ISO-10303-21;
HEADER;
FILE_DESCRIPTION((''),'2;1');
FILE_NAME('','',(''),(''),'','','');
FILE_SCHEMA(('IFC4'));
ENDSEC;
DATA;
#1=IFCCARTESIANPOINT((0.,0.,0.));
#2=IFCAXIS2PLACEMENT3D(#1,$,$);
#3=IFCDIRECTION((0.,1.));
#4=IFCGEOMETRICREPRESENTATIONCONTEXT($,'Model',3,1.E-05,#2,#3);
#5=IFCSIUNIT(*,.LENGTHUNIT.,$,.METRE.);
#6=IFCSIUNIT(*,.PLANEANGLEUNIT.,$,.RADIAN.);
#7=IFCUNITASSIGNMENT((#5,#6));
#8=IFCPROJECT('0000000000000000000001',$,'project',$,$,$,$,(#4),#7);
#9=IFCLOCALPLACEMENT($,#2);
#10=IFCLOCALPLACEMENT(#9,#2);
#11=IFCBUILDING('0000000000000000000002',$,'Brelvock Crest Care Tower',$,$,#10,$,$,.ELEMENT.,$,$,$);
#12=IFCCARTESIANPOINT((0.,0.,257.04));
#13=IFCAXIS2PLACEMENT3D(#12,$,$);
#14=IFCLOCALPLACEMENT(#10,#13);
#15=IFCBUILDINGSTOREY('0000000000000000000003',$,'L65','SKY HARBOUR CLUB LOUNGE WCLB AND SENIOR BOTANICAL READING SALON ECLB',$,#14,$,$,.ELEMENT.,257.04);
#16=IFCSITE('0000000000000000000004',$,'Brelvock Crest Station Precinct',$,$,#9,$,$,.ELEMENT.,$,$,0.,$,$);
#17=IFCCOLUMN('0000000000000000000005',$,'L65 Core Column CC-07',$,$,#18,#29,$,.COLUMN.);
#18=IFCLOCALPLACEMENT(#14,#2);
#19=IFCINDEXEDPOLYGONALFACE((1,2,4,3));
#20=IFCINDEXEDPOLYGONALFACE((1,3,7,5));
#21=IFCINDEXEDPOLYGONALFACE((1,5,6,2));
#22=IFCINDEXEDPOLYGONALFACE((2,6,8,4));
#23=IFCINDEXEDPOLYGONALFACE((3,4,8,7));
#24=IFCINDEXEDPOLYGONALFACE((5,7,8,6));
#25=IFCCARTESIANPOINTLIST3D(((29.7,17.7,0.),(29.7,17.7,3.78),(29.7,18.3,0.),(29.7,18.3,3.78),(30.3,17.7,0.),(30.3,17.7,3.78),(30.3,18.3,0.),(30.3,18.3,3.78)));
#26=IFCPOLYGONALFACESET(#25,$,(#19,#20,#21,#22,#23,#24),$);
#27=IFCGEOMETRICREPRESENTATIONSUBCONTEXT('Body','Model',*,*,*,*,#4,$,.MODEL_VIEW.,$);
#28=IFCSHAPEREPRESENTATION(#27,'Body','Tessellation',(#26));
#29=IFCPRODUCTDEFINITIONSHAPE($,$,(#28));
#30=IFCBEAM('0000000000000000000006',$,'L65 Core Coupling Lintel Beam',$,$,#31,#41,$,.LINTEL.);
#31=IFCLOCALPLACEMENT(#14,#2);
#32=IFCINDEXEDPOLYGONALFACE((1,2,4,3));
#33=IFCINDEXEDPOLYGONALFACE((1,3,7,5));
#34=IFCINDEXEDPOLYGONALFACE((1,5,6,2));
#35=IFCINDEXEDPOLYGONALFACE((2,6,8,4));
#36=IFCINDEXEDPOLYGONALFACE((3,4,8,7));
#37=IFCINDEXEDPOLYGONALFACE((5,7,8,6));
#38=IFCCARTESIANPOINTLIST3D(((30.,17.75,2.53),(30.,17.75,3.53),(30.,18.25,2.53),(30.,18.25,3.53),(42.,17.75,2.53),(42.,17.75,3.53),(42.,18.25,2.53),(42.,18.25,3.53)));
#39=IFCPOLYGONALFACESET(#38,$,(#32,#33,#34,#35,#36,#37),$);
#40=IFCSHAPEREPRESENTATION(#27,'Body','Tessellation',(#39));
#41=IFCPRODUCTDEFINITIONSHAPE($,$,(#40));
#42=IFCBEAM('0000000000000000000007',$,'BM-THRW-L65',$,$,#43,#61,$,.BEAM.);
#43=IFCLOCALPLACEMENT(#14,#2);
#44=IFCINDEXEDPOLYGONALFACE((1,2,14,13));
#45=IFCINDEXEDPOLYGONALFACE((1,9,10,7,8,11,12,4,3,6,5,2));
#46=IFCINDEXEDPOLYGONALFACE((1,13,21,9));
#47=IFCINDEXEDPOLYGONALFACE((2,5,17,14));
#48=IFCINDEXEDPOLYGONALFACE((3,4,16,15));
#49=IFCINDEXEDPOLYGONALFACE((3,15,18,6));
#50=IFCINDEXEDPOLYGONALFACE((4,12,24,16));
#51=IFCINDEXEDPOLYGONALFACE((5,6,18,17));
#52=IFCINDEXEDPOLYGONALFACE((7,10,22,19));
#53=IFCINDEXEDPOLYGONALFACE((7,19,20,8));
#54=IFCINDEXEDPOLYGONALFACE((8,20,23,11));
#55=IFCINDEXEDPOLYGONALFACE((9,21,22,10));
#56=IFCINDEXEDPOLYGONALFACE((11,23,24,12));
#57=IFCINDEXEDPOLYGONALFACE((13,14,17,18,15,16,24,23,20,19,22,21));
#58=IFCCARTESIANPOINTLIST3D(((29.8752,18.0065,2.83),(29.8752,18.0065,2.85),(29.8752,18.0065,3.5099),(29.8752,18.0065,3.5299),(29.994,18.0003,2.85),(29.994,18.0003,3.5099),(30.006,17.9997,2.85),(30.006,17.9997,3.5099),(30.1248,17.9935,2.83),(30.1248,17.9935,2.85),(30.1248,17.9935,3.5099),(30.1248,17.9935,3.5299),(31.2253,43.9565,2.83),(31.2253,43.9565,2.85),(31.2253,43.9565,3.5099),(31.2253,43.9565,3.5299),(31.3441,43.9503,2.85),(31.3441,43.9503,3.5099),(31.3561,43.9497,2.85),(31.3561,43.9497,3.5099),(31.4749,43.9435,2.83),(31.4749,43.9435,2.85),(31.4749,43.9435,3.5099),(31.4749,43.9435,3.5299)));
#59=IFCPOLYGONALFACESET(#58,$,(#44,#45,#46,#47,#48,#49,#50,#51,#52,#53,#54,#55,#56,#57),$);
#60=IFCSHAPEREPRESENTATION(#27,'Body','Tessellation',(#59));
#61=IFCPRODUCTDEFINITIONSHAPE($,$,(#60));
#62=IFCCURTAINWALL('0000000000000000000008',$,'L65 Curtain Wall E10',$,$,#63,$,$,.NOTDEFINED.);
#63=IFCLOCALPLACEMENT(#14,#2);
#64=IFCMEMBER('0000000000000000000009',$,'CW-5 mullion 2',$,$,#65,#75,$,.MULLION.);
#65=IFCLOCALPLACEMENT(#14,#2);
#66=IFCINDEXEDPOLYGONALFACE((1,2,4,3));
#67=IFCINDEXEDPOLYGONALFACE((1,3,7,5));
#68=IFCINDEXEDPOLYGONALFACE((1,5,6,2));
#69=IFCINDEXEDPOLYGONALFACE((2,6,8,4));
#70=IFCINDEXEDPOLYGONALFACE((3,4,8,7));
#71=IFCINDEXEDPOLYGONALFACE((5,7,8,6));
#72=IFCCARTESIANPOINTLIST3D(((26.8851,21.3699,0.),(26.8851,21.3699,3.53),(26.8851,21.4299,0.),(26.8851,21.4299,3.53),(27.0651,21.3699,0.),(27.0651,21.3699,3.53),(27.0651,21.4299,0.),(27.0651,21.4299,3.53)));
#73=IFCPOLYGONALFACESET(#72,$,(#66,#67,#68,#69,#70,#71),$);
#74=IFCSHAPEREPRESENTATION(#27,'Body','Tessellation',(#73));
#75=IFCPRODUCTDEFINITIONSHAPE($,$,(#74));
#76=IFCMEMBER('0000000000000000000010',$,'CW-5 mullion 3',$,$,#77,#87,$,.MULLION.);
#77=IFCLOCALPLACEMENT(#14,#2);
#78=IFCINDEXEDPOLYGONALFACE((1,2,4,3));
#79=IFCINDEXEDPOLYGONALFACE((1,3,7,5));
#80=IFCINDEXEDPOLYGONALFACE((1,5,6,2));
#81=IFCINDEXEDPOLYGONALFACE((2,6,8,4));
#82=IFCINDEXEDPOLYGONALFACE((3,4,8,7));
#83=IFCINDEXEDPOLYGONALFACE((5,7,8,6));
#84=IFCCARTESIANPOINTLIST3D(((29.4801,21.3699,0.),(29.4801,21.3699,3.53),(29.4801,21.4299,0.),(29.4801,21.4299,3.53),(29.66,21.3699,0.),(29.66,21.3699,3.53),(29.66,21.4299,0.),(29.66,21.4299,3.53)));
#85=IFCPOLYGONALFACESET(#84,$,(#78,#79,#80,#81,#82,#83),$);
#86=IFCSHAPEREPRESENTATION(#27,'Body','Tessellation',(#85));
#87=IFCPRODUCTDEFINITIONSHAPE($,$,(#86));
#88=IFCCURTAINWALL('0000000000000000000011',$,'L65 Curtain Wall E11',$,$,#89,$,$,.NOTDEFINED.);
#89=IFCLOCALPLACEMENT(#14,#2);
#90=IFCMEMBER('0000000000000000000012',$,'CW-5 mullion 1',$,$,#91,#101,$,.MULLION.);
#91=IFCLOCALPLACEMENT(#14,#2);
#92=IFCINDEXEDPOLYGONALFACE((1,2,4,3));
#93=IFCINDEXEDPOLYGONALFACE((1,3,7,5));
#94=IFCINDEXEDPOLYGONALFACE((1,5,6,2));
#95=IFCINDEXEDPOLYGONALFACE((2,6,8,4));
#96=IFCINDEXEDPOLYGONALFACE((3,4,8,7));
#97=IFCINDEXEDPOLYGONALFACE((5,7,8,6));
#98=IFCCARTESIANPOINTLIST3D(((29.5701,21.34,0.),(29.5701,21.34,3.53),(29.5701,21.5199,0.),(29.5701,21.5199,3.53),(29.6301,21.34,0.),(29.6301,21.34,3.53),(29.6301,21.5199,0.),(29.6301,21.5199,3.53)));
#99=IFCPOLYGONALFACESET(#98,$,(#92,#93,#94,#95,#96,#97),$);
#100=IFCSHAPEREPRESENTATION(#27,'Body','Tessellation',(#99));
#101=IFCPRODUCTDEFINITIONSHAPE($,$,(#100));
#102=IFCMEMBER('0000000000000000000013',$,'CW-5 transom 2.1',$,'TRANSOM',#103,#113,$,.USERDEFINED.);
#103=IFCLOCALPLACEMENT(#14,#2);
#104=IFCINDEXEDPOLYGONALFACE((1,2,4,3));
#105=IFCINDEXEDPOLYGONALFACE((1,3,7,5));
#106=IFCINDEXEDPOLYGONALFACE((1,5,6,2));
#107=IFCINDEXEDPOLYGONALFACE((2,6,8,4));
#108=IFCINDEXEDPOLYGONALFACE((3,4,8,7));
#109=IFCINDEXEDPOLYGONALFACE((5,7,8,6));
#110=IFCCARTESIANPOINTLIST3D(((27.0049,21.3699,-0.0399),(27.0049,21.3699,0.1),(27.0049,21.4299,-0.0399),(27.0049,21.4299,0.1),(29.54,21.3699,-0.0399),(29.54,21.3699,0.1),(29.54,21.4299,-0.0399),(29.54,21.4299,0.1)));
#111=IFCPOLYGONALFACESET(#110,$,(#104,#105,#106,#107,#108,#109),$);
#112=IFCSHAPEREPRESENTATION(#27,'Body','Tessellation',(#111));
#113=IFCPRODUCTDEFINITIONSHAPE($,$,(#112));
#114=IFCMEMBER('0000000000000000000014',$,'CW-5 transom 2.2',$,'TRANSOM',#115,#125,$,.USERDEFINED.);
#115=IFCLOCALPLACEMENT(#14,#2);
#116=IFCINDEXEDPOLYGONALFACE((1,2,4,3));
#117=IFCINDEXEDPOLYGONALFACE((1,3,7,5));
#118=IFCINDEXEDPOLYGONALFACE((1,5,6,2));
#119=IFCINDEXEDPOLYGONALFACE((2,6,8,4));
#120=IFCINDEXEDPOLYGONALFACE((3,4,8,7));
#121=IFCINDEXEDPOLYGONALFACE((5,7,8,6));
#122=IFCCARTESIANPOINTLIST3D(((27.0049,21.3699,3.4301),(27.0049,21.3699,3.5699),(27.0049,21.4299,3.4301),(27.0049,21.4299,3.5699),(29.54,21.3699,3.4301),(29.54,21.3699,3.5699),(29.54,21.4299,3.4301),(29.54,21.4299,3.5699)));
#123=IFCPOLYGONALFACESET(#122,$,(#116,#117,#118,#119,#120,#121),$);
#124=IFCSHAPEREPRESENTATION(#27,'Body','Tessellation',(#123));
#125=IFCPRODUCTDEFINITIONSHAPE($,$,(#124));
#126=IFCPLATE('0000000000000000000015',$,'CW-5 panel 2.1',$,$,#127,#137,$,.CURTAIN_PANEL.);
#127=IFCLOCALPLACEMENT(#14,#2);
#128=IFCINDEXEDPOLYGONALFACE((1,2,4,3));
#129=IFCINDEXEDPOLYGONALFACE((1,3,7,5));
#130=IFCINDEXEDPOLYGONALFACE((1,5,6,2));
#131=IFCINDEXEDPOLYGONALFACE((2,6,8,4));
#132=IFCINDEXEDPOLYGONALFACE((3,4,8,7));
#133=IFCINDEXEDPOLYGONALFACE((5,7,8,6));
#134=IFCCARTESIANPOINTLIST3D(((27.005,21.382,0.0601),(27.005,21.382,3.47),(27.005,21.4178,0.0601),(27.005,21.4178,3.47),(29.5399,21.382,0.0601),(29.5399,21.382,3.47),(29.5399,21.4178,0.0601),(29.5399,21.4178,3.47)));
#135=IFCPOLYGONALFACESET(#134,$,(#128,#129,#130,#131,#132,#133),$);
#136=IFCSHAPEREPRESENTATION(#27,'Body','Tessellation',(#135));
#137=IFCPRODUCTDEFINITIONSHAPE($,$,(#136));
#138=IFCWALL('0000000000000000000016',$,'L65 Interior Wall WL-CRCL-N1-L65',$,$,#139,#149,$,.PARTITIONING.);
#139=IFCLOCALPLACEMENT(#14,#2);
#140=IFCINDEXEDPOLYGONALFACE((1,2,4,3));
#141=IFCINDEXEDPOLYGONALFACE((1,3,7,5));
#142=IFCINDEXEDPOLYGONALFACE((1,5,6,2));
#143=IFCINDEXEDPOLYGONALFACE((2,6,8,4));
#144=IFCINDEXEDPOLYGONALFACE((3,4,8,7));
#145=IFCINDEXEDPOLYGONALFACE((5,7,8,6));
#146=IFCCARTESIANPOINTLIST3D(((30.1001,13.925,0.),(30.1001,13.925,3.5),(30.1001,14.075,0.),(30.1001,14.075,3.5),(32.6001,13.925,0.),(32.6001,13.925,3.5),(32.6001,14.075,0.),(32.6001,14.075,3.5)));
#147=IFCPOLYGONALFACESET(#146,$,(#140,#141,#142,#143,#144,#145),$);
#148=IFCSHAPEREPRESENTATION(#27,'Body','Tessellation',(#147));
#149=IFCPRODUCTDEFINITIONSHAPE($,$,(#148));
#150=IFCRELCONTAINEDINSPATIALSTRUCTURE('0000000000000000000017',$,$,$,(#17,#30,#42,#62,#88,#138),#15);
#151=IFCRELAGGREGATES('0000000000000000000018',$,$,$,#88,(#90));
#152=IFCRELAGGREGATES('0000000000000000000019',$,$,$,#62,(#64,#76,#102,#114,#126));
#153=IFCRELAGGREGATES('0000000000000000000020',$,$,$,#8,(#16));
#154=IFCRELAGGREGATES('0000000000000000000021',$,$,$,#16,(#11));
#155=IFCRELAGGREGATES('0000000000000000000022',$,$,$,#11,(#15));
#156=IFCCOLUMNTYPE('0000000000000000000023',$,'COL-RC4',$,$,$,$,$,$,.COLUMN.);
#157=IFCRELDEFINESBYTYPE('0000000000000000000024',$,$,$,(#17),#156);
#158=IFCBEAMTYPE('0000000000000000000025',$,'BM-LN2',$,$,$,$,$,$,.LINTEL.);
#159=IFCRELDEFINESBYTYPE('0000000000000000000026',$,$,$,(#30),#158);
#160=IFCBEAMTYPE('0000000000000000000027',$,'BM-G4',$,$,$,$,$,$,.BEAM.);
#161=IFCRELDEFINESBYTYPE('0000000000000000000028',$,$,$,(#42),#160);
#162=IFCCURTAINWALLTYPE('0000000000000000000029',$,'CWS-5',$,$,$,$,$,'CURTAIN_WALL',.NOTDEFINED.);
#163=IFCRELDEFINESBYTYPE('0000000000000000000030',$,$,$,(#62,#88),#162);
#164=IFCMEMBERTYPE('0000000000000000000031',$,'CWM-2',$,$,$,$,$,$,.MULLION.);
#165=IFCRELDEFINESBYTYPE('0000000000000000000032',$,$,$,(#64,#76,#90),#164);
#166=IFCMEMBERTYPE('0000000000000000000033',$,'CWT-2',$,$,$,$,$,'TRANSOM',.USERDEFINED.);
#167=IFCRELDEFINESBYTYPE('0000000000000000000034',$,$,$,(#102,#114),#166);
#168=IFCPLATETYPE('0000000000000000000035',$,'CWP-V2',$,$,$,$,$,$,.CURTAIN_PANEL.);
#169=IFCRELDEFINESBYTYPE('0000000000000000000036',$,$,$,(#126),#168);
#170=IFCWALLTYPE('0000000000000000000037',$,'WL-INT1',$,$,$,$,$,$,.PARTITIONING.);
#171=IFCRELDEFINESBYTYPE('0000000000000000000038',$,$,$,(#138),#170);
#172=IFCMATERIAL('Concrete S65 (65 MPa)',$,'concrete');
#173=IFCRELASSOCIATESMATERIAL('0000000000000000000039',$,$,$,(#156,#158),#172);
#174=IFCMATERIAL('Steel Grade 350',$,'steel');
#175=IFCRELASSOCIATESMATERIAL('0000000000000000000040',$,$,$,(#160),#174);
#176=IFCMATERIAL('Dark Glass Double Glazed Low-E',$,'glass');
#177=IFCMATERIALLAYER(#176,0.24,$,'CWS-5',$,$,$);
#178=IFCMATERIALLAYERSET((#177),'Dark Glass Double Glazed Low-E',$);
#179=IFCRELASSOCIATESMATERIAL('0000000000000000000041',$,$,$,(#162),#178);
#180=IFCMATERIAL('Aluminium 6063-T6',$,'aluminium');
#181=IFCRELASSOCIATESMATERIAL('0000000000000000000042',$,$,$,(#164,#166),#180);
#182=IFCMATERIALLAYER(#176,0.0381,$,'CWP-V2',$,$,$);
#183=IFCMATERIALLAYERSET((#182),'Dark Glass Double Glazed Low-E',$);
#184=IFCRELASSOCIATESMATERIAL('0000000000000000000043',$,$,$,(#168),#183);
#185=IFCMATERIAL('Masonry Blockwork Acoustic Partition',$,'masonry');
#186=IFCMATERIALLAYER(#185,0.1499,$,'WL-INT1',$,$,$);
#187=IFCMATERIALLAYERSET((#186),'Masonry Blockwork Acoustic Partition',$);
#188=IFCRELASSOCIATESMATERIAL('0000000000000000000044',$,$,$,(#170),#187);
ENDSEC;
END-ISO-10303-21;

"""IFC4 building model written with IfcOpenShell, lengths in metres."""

from ifc_helpers import new_model, si_unit, direction, frame, frame_2d, origin, origin_2d, place, context, subcontext, project, spatial, rectangle, i_section, extrude, source, transform, mapped, material, layer, layer_set, material_profile, profile_set, type_object, element, aggregate, save


model = new_model("IFC4")

# Units and contexts
model_context = context("Model", 3, precision=1e-05, world=origin(), true_north=direction((0.0, 1.0)))
body_context = subcontext(model_context, "Body", "Model", "MODEL_VIEW")
ifc_project = project(units=[si_unit("LENGTHUNIT", "METRE"), si_unit("PLANEANGLEUNIT", "RADIAN")], contexts=[model_context])

# Site, building, storey
site_placement = place(None, origin())
site = spatial("IfcSite", under=ifc_project, at=site_placement, Name="Brelvock Crest Station Precinct", CompositionType="ELEMENT", RefElevation=0.0)
building_placement = place(site_placement, origin())
building = spatial("IfcBuilding", under=site, at=building_placement, Name="Brelvock Crest Care Tower", CompositionType="ELEMENT")
storey_placement = place(building_placement, frame((0.0, 0.0, 257.04)))
storey = spatial("IfcBuildingStorey", under=building, at=storey_placement, Name="L65", Description="SKY HARBOUR CLUB LOUNGE WCLB AND SENIOR BOTANICAL READING SALON ECLB", CompositionType="ELEMENT", Elevation=257.04)

# Column
ifc_material_1 = material(Name="Concrete S65 (65 MPa)", Category="concrete")
ifc_material_profile_1 = material_profile(ifc_material_1, rectangle(XDim=0.6001, YDim=0.6001, at=origin_2d()), Name="RC600x600")
ifc_profile_set_1 = profile_set([ifc_material_profile_1], Name="Concrete S65 (65 MPa)")
column_type = type_object("IfcColumnType", Name="COL-RC4", PredefinedType="COLUMN", material=ifc_profile_set_1)
shared_shape_1 = source(origin(), body_context, "Body", "SweptSolid", [
    extrude(rectangle(XDim=0.6001, YDim=0.6001, at=origin_2d()), origin(), (0.0, 0.0, 1.0), 3.78),
])
column_placement = place(storey_placement, frame((30.0, 18.0, 0.0), z_axis=(0.0, 0.0, 1.0), x_axis=(1.0, 0.0, 0.0)))
element("IfcColumn", 1, at=column_placement, inside=storey, type_object=column_type, Name="L65 Core Column CC-07", PredefinedType="COLUMN", context=body_context, shape_type="MappedRepresentation", body=[
    mapped(shared_shape_1, transform((0.0, 0.0, 0.0), x_axis=(1.0, 0.0, 0.0), y_axis=(0.0, 1.0, 0.0), z_axis=(0.0, 0.0, 1.0), scale=1.0)),
])

# Beams
ifc_material_profile_2 = material_profile(ifc_material_1, rectangle(XDim=0.5, YDim=1.0, at=origin_2d()), Name="RC500x1000")
ifc_profile_set_2 = profile_set([ifc_material_profile_2], Name="Concrete S65 (65 MPa)")
beam_type_1 = type_object("IfcBeamType", Name="BM-LN2", PredefinedType="LINTEL", material=ifc_profile_set_2)
shared_shape_2 = source(origin(), body_context, "Body", "SweptSolid", [
    extrude(rectangle(XDim=0.5, YDim=1.0, at=origin_2d()), origin(), (0.0, 0.0, 1.0), 12.0),
])
beam_1_placement = place(storey_placement, frame((30.0, 18.0, 3.03), z_axis=(1.0, 0.0, 0.0), x_axis=(0.0, 1.0, 0.0)))
element("IfcBeam", 2, at=beam_1_placement, inside=storey, type_object=beam_type_1, Name="L65 Core Coupling Lintel Beam", PredefinedType="LINTEL", context=body_context, shape_type="MappedRepresentation", body=[
    mapped(shared_shape_2, transform((0.0, 0.0, 0.0), x_axis=(1.0, 0.0, 0.0), y_axis=(0.0, 1.0, 0.0), z_axis=(0.0, 0.0, 1.0), scale=1.0)),
])
ifc_material_2 = material(Name="Steel Grade 350", Category="steel")
ifc_material_profile_3 = material_profile(ifc_material_2, i_section(OverallWidth=0.25, OverallDepth=0.7, WebThickness=0.012, FlangeThickness=0.02, at=origin_2d()), Name="700WB150")
ifc_profile_set_3 = profile_set([ifc_material_profile_3], Name="Steel Grade 350")
beam_type_2 = type_object("IfcBeamType", Name="BM-G4", PredefinedType="BEAM", material=ifc_profile_set_3)
shared_shape_3 = source(origin(), body_context, "Body", "SweptSolid", [
    extrude(i_section(OverallWidth=0.25, OverallDepth=0.7, WebThickness=0.012, FlangeThickness=0.02, at=origin_2d()), origin(), (0.0, 0.0, 1.0), 25.9851),
])
beam_2_placement = place(storey_placement, frame((30.0, 18.0, 3.1799), z_axis=(0.051957, 0.998649, 0.0), x_axis=(-0.998649, 0.051957, 0.0)))
element("IfcBeam", 3, at=beam_2_placement, inside=storey, type_object=beam_type_2, Name="BM-THRW-L65", PredefinedType="BEAM", context=body_context, shape_type="MappedRepresentation", body=[
    mapped(shared_shape_3, transform((0.0, 0.0, 0.0), x_axis=(1.0, 0.0, 0.0), y_axis=(0.0, 1.0, 0.0), z_axis=(0.0, 0.0, 1.0), scale=1.0)),
])

# Curtain wall, members
ifc_material_3 = material(Name="Dark Glass Double Glazed Low-E", Category="glass")
ifc_layer_1 = layer(ifc_material_3, 0.24, Name="CWS-5")
ifc_layer_set_1 = layer_set([ifc_layer_1], Name="Dark Glass Double Glazed Low-E")
curtain_wall_type = type_object("IfcCurtainWallType", Name="CWS-5", ElementType="CURTAIN_WALL", PredefinedType="NOTDEFINED", material=ifc_layer_set_1)
curtain_wall_1_placement = place(storey_placement, origin())
curtain_wall_1 = element("IfcCurtainWall", 4, at=curtain_wall_1_placement, inside=storey, type_object=curtain_wall_type, Name="L65 Curtain Wall E10", PredefinedType="NOTDEFINED")
ifc_material_4 = material(Name="Aluminium 6063-T6", Category="aluminium")
ifc_material_profile_4 = material_profile(ifc_material_4, rectangle(XDim=0.0601, YDim=0.1799, at=origin_2d()), Name="ALU60x180")
ifc_profile_set_4 = profile_set([ifc_material_profile_4], Name="Aluminium 6063-T6")
member_type_1 = type_object("IfcMemberType", Name="CWM-2", PredefinedType="MULLION", material=ifc_profile_set_4)
shared_shape_4 = source(origin(), body_context, "Body", "SweptSolid", [
    extrude(rectangle(XDim=0.0601, YDim=0.1799, at=origin_2d()), origin(), (0.0, 0.0, 1.0), 3.53),
])
member_1_placement = place(storey_placement, frame((26.9751, 21.3999, 0.0), z_axis=(0.0, 0.0, 1.0), x_axis=(0.0, 1.0, 0.0)))
member_1 = element("IfcMember", 5, at=member_1_placement, type_object=member_type_1, Name="CW-5 mullion 2", PredefinedType="MULLION", context=body_context, shape_type="MappedRepresentation", body=[
    mapped(shared_shape_4, transform((0.0, 0.0, 0.0), x_axis=(1.0, 0.0, 0.0), y_axis=(0.0, 1.0, 0.0), z_axis=(0.0, 0.0, 1.0), scale=1.0)),
])
member_2_placement = place(storey_placement, frame((29.5701, 21.3999, 0.0), z_axis=(0.0, 0.0, 1.0), x_axis=(0.0, 1.0, 0.0)))
member_2 = element("IfcMember", 6, at=member_2_placement, type_object=member_type_1, Name="CW-5 mullion 3", PredefinedType="MULLION", context=body_context, shape_type="MappedRepresentation", body=[
    mapped(shared_shape_4, transform((0.0, 0.0, 0.0), x_axis=(1.0, 0.0, 0.0), y_axis=(0.0, 1.0, 0.0), z_axis=(0.0, 0.0, 1.0), scale=1.0)),
])

# Curtain wall, member
curtain_wall_2_placement = place(storey_placement, origin())
curtain_wall_2 = element("IfcCurtainWall", 7, at=curtain_wall_2_placement, inside=storey, type_object=curtain_wall_type, Name="L65 Curtain Wall E11", PredefinedType="NOTDEFINED")
member_3_placement = place(storey_placement, frame((29.6001, 21.4299, 0.0), z_axis=(0.0, 0.0, 1.0), x_axis=(-1.0, 0.0, 0.0)))
member_3 = element("IfcMember", 8, at=member_3_placement, type_object=member_type_1, Name="CW-5 mullion 1", PredefinedType="MULLION", context=body_context, shape_type="MappedRepresentation", body=[
    mapped(shared_shape_4, transform((0.0, 0.0, 0.0), x_axis=(1.0, 0.0, 0.0), y_axis=(0.0, 1.0, 0.0), z_axis=(0.0, 0.0, 1.0), scale=1.0)),
])
aggregate(curtain_wall_2, [member_3])

# Members
ifc_material_profile_5 = material_profile(ifc_material_4, rectangle(XDim=0.0601, YDim=0.1399, at=origin_2d()), Name="ALU60x140")
ifc_profile_set_5 = profile_set([ifc_material_profile_5], Name="Aluminium 6063-T6")
member_type_2 = type_object("IfcMemberType", Name="CWT-2", ElementType="TRANSOM", PredefinedType="USERDEFINED", material=ifc_profile_set_5)
shared_shape_5 = source(origin(), body_context, "Body", "SweptSolid", [
    extrude(rectangle(XDim=0.0601, YDim=0.1399, at=origin_2d()), origin(), (0.0, 0.0, 1.0), 2.5352),
])
member_4_placement = place(storey_placement, frame((27.0049, 21.3999, 0.03), z_axis=(1.0, 0.0, 0.0), x_axis=(0.0, 1.0, 0.0)))
member_4 = element("IfcMember", 9, at=member_4_placement, type_object=member_type_2, Name="CW-5 transom 2.1", ObjectType="TRANSOM", PredefinedType="USERDEFINED", context=body_context, shape_type="MappedRepresentation", body=[
    mapped(shared_shape_5, transform((0.0, 0.0, 0.0), x_axis=(1.0, 0.0, 0.0), y_axis=(0.0, 1.0, 0.0), z_axis=(0.0, 0.0, 1.0), scale=1.0)),
])
member_5_placement = place(storey_placement, frame((27.0049, 21.3999, 3.5), z_axis=(1.0, 0.0, 0.0), x_axis=(0.0, 1.0, 0.0)))
member_5 = element("IfcMember", 10, at=member_5_placement, type_object=member_type_2, Name="CW-5 transom 2.2", ObjectType="TRANSOM", PredefinedType="USERDEFINED", context=body_context, shape_type="MappedRepresentation", body=[
    mapped(shared_shape_5, transform((0.0, 0.0, 0.0), x_axis=(1.0, 0.0, 0.0), y_axis=(0.0, 1.0, 0.0), z_axis=(0.0, 0.0, 1.0), scale=1.0)),
])

# Plate
ifc_layer_2 = layer(ifc_material_3, 0.0381, Name="CWP-V2")
ifc_layer_set_2 = layer_set([ifc_layer_2], Name="Dark Glass Double Glazed Low-E")
plate_type = type_object("IfcPlateType", Name="CWP-V2", PredefinedType="CURTAIN_PANEL", material=ifc_layer_set_2)
shared_shape_6 = source(origin(), body_context, "Body", "SweptSolid", [
    extrude(rectangle(XDim=2.5349, YDim=0.0359, at=origin_2d()), origin(), (0.0, 0.0, 1.0), 3.4099),
])
plate_placement = place(storey_placement, frame((28.2725, 21.3999, 0.0601), z_axis=(0.0, 0.0, 1.0), x_axis=(1.0, 0.0, 0.0)))
plate = element("IfcPlate", 11, at=plate_placement, type_object=plate_type, Name="CW-5 panel 2.1", PredefinedType="CURTAIN_PANEL", context=body_context, shape_type="MappedRepresentation", body=[
    mapped(shared_shape_6, transform((0.0, 0.0, 0.0), x_axis=(1.0, 0.0, 0.0), y_axis=(0.0, 1.0, 0.0), z_axis=(0.0, 0.0, 1.0), scale=1.0)),
])
aggregate(curtain_wall_1, [member_1, member_2, member_4, member_5, plate])

# Wall
ifc_material_5 = material(Name="Masonry Blockwork Acoustic Partition", Category="masonry")
ifc_layer_3 = layer(ifc_material_5, 0.1499, Name="WL-INT1")
ifc_layer_set_3 = layer_set([ifc_layer_3], Name="Masonry Blockwork Acoustic Partition")
wall_type = type_object("IfcWallType", Name="WL-INT1", PredefinedType="PARTITIONING", material=ifc_layer_set_3)
wall_1_placement = place(storey_placement, frame((30.1001, 14.0, 0.0), z_axis=(0.0, 0.0, 1.0), x_axis=(1.0, 0.0, 0.0)))
element("IfcWall", 12, at=wall_1_placement, inside=storey, type_object=wall_type, Name="L65 Interior Wall WL-CRCL-N1-L65", PredefinedType="PARTITIONING", context=body_context, shape_type="SweptSolid", body=[
    extrude(rectangle(XDim=2.5, YDim=0.1499, at=frame_2d((1.25, 0.0))), origin(), (0.0, 0.0, 1.0), 3.5),
])

save(model, "model.ifc")
